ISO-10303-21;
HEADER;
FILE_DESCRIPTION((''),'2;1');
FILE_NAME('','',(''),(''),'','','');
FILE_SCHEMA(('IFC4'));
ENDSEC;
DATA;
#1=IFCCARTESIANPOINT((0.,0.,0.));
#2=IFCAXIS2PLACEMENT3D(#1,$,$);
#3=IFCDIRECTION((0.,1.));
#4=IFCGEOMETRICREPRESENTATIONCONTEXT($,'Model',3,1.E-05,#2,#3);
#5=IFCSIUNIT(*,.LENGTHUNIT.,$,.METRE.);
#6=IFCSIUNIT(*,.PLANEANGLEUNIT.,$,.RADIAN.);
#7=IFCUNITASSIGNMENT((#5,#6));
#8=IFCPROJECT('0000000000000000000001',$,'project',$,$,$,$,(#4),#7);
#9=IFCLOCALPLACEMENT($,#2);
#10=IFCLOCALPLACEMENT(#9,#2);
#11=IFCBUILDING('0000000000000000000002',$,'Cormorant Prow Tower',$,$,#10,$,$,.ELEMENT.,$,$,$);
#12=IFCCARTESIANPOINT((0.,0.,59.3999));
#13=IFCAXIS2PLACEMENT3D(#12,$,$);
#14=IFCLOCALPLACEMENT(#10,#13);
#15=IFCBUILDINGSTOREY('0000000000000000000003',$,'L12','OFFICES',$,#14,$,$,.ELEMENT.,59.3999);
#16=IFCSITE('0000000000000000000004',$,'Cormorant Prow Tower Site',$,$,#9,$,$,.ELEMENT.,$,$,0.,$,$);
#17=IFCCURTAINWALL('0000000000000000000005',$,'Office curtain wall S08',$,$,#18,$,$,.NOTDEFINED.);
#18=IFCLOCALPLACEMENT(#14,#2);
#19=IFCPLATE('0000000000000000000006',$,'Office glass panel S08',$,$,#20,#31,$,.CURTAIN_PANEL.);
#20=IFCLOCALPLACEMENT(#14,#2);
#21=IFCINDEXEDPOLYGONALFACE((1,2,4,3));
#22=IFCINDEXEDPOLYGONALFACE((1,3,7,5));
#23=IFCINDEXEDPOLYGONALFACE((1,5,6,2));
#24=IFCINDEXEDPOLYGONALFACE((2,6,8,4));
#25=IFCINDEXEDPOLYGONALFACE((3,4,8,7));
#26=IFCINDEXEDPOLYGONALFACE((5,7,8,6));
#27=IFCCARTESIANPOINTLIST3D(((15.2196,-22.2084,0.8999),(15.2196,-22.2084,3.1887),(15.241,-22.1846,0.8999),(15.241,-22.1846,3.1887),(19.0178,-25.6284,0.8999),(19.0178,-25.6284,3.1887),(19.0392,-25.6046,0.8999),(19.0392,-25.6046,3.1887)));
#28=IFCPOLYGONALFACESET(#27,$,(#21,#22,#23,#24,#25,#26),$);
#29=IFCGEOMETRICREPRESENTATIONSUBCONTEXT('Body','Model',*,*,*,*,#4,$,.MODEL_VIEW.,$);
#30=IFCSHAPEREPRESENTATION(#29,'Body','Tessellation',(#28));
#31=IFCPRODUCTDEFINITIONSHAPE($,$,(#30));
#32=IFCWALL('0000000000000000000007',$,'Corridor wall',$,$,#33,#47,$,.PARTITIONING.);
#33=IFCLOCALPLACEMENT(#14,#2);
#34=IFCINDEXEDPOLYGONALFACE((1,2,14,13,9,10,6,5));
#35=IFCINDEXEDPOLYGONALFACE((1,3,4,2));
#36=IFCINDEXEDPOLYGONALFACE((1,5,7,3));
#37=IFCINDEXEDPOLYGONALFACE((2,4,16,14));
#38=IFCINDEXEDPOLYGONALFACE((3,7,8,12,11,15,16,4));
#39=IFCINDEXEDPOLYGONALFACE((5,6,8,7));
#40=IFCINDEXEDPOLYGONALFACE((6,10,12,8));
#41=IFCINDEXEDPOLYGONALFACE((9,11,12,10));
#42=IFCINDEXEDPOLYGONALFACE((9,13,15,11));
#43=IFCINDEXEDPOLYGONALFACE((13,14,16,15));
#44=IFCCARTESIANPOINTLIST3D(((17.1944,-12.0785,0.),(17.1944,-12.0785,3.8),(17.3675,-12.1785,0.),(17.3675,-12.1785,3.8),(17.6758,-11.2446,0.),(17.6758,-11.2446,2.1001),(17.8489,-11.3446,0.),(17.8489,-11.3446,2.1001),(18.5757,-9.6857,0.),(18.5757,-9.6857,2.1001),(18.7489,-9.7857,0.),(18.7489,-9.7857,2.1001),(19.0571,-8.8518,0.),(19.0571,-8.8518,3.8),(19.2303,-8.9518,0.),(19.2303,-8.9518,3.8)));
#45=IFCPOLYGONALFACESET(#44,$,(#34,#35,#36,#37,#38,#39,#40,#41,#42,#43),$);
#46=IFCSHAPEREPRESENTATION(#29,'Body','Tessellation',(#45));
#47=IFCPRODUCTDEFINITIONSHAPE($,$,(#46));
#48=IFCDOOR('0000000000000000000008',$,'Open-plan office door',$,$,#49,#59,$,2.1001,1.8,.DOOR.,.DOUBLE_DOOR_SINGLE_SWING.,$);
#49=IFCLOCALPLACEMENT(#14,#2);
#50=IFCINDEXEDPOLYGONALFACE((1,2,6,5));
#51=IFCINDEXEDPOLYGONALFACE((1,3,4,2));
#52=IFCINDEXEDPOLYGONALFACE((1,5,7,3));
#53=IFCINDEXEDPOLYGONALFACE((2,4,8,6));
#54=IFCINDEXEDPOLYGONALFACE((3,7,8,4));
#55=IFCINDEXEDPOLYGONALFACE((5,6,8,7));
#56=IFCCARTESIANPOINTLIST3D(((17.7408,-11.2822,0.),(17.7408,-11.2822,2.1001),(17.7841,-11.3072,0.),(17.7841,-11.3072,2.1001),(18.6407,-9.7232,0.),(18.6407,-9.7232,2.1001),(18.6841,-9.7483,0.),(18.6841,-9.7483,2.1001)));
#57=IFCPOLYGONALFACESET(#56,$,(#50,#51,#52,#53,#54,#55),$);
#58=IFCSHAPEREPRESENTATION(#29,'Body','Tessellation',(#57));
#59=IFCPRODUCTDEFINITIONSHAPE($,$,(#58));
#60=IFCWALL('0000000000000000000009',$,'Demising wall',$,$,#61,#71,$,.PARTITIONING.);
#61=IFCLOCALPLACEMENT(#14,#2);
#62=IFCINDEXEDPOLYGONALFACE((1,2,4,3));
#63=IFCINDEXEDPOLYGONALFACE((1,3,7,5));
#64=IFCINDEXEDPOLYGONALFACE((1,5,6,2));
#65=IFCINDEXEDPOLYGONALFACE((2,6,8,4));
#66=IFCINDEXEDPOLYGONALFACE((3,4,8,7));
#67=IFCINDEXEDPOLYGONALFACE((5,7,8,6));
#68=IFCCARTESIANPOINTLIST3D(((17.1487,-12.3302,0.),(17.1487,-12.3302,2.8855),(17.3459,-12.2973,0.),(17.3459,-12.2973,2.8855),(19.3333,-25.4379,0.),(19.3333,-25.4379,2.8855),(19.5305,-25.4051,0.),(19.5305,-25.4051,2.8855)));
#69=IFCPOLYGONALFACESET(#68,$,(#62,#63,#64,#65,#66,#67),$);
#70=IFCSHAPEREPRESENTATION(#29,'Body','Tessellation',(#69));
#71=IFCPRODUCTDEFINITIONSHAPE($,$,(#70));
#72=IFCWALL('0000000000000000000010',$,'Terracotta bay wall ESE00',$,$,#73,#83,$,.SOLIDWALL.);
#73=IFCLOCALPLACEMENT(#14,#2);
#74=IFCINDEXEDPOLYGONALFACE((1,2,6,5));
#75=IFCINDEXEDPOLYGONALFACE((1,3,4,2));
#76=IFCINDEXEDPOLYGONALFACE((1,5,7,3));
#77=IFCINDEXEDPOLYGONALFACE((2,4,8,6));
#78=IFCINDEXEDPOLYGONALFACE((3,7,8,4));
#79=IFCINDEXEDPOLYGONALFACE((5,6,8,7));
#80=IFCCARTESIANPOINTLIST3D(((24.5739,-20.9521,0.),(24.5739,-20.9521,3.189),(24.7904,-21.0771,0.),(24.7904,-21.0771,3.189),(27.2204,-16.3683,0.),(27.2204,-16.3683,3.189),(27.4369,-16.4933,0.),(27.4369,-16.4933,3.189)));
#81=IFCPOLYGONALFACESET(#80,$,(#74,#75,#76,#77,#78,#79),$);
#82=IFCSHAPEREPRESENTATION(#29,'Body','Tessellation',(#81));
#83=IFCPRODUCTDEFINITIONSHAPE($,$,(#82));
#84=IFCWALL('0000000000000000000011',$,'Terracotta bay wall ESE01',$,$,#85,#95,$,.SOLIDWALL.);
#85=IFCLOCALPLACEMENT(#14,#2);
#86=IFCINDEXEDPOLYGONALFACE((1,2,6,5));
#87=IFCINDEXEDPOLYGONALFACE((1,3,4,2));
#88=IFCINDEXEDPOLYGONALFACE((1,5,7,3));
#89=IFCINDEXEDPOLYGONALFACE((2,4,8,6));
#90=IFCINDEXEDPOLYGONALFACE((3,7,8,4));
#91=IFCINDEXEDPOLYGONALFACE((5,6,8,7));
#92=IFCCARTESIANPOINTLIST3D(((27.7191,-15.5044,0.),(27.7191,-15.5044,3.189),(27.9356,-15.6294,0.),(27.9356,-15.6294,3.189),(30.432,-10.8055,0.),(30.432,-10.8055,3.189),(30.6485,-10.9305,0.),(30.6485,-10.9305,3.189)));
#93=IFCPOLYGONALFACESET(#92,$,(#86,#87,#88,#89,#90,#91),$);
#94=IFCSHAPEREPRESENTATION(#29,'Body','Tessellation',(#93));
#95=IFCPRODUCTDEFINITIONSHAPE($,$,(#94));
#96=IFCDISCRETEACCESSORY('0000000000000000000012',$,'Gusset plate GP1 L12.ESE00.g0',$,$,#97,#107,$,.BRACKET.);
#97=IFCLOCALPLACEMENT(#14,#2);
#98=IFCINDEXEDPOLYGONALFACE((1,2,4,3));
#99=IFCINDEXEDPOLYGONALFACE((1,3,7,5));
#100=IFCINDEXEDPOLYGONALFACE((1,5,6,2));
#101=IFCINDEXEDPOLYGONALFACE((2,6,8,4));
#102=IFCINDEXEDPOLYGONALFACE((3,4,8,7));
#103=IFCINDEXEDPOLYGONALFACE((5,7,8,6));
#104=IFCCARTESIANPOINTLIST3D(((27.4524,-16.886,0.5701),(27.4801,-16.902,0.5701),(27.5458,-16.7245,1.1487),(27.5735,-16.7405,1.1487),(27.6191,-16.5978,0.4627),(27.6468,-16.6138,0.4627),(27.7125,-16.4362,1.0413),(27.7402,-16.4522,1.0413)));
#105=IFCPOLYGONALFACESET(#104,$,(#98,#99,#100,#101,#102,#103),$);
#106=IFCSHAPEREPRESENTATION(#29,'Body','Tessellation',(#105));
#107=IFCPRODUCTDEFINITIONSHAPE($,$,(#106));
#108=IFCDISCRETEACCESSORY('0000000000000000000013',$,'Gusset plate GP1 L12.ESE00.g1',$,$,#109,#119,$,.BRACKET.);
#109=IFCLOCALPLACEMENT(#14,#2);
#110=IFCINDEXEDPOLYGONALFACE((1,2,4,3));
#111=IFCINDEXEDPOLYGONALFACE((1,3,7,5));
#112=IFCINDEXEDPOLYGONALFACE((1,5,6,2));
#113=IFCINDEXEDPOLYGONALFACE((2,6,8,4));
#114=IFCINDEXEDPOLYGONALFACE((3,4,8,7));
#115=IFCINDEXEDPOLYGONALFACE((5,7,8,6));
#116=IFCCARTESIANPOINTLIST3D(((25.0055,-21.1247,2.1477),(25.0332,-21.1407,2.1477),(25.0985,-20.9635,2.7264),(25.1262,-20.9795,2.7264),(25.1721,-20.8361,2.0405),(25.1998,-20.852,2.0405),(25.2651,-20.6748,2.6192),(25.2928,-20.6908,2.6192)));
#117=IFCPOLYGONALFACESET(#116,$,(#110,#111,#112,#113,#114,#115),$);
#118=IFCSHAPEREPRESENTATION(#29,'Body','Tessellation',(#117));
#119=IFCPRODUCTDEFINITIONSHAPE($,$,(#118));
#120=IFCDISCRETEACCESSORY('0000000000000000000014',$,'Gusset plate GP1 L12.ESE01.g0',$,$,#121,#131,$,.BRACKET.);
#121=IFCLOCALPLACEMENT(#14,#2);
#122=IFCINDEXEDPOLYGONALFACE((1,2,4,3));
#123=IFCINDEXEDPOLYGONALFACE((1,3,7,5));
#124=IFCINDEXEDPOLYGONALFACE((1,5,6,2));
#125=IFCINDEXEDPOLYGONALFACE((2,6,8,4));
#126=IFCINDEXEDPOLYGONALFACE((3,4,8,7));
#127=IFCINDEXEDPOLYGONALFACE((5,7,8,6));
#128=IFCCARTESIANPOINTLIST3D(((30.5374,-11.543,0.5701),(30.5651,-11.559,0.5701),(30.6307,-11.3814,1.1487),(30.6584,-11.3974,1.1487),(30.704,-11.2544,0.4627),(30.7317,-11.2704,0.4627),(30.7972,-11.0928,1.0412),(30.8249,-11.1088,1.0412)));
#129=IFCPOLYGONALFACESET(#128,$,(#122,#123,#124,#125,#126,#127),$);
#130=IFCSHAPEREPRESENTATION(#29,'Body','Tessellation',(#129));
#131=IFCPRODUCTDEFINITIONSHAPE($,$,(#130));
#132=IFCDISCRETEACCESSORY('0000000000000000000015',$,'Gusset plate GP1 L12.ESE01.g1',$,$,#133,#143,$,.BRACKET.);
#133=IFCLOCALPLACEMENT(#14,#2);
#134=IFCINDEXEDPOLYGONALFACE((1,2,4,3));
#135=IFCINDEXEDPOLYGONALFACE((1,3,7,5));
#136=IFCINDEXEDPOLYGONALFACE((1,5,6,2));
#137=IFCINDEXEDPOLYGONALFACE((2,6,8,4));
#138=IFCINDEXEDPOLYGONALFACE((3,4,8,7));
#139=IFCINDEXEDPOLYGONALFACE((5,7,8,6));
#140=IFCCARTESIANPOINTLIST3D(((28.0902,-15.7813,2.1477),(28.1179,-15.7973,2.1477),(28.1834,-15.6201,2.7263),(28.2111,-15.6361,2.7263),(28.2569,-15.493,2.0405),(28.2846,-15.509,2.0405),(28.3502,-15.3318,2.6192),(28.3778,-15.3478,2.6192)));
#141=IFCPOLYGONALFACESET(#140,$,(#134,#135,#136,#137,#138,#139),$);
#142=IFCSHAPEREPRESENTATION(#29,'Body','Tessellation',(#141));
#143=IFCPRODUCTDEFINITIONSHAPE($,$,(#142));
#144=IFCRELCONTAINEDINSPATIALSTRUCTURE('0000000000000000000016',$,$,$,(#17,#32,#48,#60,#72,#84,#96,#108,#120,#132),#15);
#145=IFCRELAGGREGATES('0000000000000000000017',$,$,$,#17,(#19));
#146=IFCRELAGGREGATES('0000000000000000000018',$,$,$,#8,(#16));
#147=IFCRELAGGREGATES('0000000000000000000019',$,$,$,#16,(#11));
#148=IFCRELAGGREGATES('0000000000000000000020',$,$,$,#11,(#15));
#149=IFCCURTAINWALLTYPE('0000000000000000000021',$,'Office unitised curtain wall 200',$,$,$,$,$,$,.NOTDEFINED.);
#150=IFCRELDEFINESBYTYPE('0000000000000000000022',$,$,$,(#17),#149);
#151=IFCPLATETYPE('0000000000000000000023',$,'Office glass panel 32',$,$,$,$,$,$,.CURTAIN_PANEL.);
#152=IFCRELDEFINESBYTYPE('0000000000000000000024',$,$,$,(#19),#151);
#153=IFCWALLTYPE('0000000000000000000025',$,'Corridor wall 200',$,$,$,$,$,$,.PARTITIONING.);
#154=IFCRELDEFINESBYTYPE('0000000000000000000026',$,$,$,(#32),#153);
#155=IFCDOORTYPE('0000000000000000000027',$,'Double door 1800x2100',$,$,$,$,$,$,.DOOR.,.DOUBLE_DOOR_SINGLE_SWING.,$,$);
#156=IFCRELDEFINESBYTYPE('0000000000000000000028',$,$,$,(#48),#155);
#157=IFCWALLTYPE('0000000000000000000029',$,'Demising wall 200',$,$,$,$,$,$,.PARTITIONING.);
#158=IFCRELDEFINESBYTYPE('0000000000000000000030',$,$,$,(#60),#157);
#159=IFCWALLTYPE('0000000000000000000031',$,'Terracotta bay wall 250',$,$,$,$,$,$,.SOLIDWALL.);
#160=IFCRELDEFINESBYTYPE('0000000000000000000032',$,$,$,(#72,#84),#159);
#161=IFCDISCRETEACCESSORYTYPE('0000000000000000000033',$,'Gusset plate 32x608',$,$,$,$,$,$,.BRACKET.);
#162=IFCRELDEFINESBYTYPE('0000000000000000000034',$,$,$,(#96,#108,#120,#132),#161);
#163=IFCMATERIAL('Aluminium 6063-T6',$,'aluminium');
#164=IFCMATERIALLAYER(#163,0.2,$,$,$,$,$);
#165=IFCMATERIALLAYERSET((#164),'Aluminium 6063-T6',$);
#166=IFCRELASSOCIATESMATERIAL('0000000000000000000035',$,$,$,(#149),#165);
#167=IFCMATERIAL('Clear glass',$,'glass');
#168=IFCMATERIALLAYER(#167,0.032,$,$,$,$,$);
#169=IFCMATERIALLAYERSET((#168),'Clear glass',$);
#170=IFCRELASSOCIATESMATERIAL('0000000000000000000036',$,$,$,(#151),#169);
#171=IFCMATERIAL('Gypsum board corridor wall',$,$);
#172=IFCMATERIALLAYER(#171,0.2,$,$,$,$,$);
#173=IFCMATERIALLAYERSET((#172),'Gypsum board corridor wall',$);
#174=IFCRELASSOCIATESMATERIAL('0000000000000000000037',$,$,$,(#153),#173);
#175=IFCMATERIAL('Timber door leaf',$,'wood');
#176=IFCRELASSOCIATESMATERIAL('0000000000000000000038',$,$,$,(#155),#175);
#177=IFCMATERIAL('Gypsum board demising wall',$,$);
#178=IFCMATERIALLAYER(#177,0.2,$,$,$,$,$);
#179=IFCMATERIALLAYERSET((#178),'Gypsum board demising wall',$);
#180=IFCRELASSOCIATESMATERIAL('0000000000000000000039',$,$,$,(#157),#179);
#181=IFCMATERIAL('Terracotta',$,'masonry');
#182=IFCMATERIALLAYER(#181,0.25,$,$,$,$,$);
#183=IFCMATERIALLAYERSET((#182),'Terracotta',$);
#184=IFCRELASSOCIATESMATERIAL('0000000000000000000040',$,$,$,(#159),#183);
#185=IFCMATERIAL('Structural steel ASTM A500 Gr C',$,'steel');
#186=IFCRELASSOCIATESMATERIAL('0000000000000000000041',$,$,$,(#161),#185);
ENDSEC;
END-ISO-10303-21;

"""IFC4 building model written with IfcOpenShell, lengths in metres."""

from ifc_helpers import new_model, si_unit, direction, frame, frame_2d, origin, origin_2d, place, context, subcontext, project, spatial, rectangle, extrude, material, layer, layer_set, material_profile, profile_set, type_object, element, fill, aggregate, save


model = new_model("IFC4")

# Units and contexts
model_context = context("Model", 3, precision=1e-05, world=origin(), true_north=direction((0.0, 1.0)))
body_context = subcontext(model_context, "Body", "Model", "MODEL_VIEW")
ifc_project = project(units=[si_unit("LENGTHUNIT", "METRE"), si_unit("PLANEANGLEUNIT", "RADIAN")], contexts=[model_context])

# Site, building, storey
site_placement = place(None, origin())
site = spatial("IfcSite", under=ifc_project, at=site_placement, Name="Cormorant Prow Tower Site", CompositionType="ELEMENT", RefElevation=0.0)
building_placement = place(site_placement, origin())
building = spatial("IfcBuilding", under=site, at=building_placement, Name="Cormorant Prow Tower", CompositionType="ELEMENT")
storey_placement = place(building_placement, frame((0.0, 0.0, 59.3999)))
storey = spatial("IfcBuildingStorey", under=building, at=storey_placement, Name="L12", Description="OFFICES", CompositionType="ELEMENT", Elevation=59.3999)

# Curtain wall, plate
ifc_material_1 = material(Name="Aluminium 6063-T6", Category="aluminium")
ifc_layer_1 = layer(ifc_material_1, 0.2)
ifc_layer_set_1 = layer_set([ifc_layer_1], Name="Aluminium 6063-T6")
curtain_wall_type = type_object("IfcCurtainWallType", Name="Office unitised curtain wall 200", PredefinedType="NOTDEFINED", material=ifc_layer_set_1)
curtain_wall_placement = place(storey_placement, origin())
curtain_wall = element("IfcCurtainWall", 1, at=curtain_wall_placement, inside=storey, type_object=curtain_wall_type, Name="Office curtain wall S08", PredefinedType="NOTDEFINED")
ifc_material_2 = material(Name="Clear glass", Category="glass")
ifc_layer_2 = layer(ifc_material_2, 0.032)
ifc_layer_set_2 = layer_set([ifc_layer_2], Name="Clear glass")
plate_type = type_object("IfcPlateType", Name="Office glass panel 32", PredefinedType="CURTAIN_PANEL", material=ifc_layer_set_2)
plate_placement = place(storey_placement, frame((17.1294, -23.9065, 0.8999), z_axis=(0.0, 0.0, 1.0), x_axis=(0.743145, -0.669131, 0.0)))
plate = element("IfcPlate", 2, at=plate_placement, type_object=plate_type, Name="Office glass panel S08", PredefinedType="CURTAIN_PANEL", context=body_context, shape_type="SweptSolid", body=[
    extrude(rectangle(XDim=5.1111, YDim=0.032, at=origin_2d()), origin(), (0.0, 0.0, 1.0), 2.2888),
])
aggregate(curtain_wall, [plate])

# Wall, opening, door
ifc_material_3 = material(Name="Gypsum board corridor wall")
ifc_layer_3 = layer(ifc_material_3, 0.2)
ifc_layer_set_3 = layer_set([ifc_layer_3], Name="Gypsum board corridor wall")
wall_type_1 = type_object("IfcWallType", Name="Corridor wall 200", PredefinedType="PARTITIONING", material=ifc_layer_set_3)
wall_1_placement = place(storey_placement, frame((17.281, -12.1284, 0.0), z_axis=(0.0, 0.0, 1.0), x_axis=(0.499959, 0.866049, 0.0)))
wall_1 = element("IfcWall", 3, at=wall_1_placement, inside=storey, type_object=wall_type_1, Name="Corridor wall", PredefinedType="PARTITIONING", context=body_context, shape_type="SweptSolid", body=[
    extrude(rectangle(XDim=3.7258, YDim=0.2, at=frame_2d((1.8628, 0.0))), origin(), (0.0, 0.0, 1.0), 3.8),
])
opening_1_placement = place(wall_1_placement, frame((0.9629, 0.0, 0.0)))
opening_1 = element("IfcOpeningElement", 4, at=opening_1_placement, cuts=wall_1, PredefinedType="OPENING", context=body_context, shape_type="SweptSolid", body=[
    extrude(rectangle(XDim=1.8, YDim=2.1001, at=frame_2d((0.8999, 1.05))), frame((0.0, 0.1099, 0.0), z_axis=(0.0, -1.0, 0.0), x_axis=(1.0, 0.0, 0.0)), (0.0, 0.0, 1.0), 0.22),
])
ifc_material_4 = material(Name="Timber door leaf", Category="wood")
door_type_1 = type_object("IfcDoorType", Name="Double door 1800x2100", OperationType="DOUBLE_DOOR_SINGLE_SWING", PredefinedType="DOOR", material=ifc_material_4)
door_1_placement = place(opening_1_placement, origin())
door_1 = element("IfcDoor", 5, at=door_1_placement, inside=storey, type_object=door_type_1, Name="Open-plan office door", OperationType="DOUBLE_DOOR_SINGLE_SWING", OverallHeight=2.1001, OverallWidth=1.8, PredefinedType="DOOR", context=body_context, shape_type="SweptSolid", body=[
    extrude(rectangle(XDim=1.8, YDim=2.1001, at=frame_2d((0.8999, 1.05))), frame((0.0, 0.0249, 0.0), z_axis=(0.0, -1.0, 0.0), x_axis=(1.0, 0.0, 0.0)), (0.0, 0.0, 1.0), 0.05),
])
fill(opening_1, door_1)

# Walls
ifc_material_5 = material(Name="Gypsum board demising wall")
ifc_layer_4 = layer(ifc_material_5, 0.2)
ifc_layer_set_4 = layer_set([ifc_layer_4], Name="Gypsum board demising wall")
wall_type_2 = type_object("IfcWallType", Name="Demising wall 200", PredefinedType="PARTITIONING", material=ifc_layer_set_4)
wall_2_placement = place(storey_placement, frame((17.2473, -12.3137, 0.0), z_axis=(0.0, 0.0, 1.0), x_axis=(0.164396, -0.986394, 0.0)))
element("IfcWall", 6, at=wall_2_placement, inside=storey, type_object=wall_type_2, Name="Demising wall", PredefinedType="PARTITIONING", context=body_context, shape_type="SweptSolid", body=[
    extrude(rectangle(XDim=13.2886, YDim=0.2, at=frame_2d((6.6443, 0.0))), origin(), (0.0, 0.0, 1.0), 2.8855),
])
ifc_material_6 = material(Name="Terracotta", Category="masonry")
ifc_layer_5 = layer(ifc_material_6, 0.25)
ifc_layer_set_5 = layer_set([ifc_layer_5], Name="Terracotta")
wall_type_3 = type_object("IfcWallType", Name="Terracotta bay wall 250", PredefinedType="SOLIDWALL", material=ifc_layer_set_5)
wall_3_placement = place(storey_placement, frame((24.6821, -21.0146, 0.0), z_axis=(0.0, 0.0, 1.0), x_axis=(0.500009, 0.86602, 0.0)))
element("IfcWall", 7, at=wall_3_placement, inside=storey, type_object=wall_type_3, Name="Terracotta bay wall ESE00", PredefinedType="SOLIDWALL", context=body_context, shape_type="SweptSolid", body=[
    extrude(rectangle(XDim=5.293, YDim=0.25, at=frame_2d((2.6465, 0.0))), origin(), (0.0, 0.0, 1.0), 3.189),
])
wall_4_placement = place(storey_placement, frame((27.8274, -15.5669, 0.0), z_axis=(0.0, 0.0, 1.0), x_axis=(0.499991, 0.86603, 0.0)))
element("IfcWall", 8, at=wall_4_placement, inside=storey, type_object=wall_type_3, Name="Terracotta bay wall ESE01", PredefinedType="SOLIDWALL", context=body_context, shape_type="SweptSolid", body=[
    extrude(rectangle(XDim=5.4258, YDim=0.25, at=frame_2d((2.7129, 0.0))), origin(), (0.0, 0.0, 1.0), 3.189),
])

# Discrete accessories
ifc_material_7 = material(Name="Structural steel ASTM A500 Gr C", Category="steel")
ifc_material_profile_1 = material_profile(ifc_material_7, rectangle(XDim=0.032, YDim=0.6079, at=origin_2d()), Name="Gusset plate 32x608")
ifc_profile_set_1 = profile_set([ifc_material_profile_1], Name="Structural steel ASTM A500 Gr C")
discrete_accessory_type = type_object("IfcDiscreteAccessoryType", Name="Gusset plate 32x608", PredefinedType="BRACKET", material=ifc_profile_set_1)
discrete_accessory_1_placement = place(storey_placement, frame((27.5129, -16.8132, 0.8594), z_axis=(0.476465, 0.823872, -0.306946), x_axis=(-0.86566, 0.500632, 0.0)))
element("IfcDiscreteAccessory", 9, at=discrete_accessory_1_placement, inside=storey, type_object=discrete_accessory_type, Name="Gusset plate GP1 L12.ESE00.g0", PredefinedType="BRACKET", context=body_context, shape_type="SweptSolid", body=[
    extrude(rectangle(XDim=0.032, YDim=0.6079, at=origin_2d()), origin(), (0.0, 0.0, 1.0), 0.3499),
])
for number, where, z_axis, x_axis, name in (
    (10, (25.2324, -20.7634, 2.3298), (-0.475753, -0.824546, 0.30624), (0.866161, -0.499765, 0.0), "Gusset plate GP1 L12.ESE00.g1"),
    (11, (30.5979, -11.4702, 0.8594), (0.475652, 0.82437, -0.306872), (-0.866161, 0.499765, 0.0), "Gusset plate GP1 L12.ESE01.g0"),
):
    element("IfcDiscreteAccessory", number, at=place(storey_placement, frame(where, z_axis=z_axis, x_axis=x_axis)), inside=storey, type_object=discrete_accessory_type, Name=name, PredefinedType="BRACKET", context=body_context, shape_type="SweptSolid", body=[
        extrude(rectangle(XDim=0.032, YDim=0.6079, at=origin_2d()), origin(), (0.0, 0.0, 1.0), 0.3501),
    ])
discrete_accessory_2_placement = place(storey_placement, frame((28.3174, -15.4204, 2.3298), z_axis=(-0.476567, -0.824048, 0.306314), x_axis=(0.86566, -0.500632, 0.0)))
element("IfcDiscreteAccessory", 12, at=discrete_accessory_2_placement, inside=storey, type_object=discrete_accessory_type, Name="Gusset plate GP1 L12.ESE01.g1", PredefinedType="BRACKET", context=body_context, shape_type="SweptSolid", body=[
    extrude(rectangle(XDim=0.032, YDim=0.6079, at=origin_2d()), origin(), (0.0, 0.0, 1.0), 0.3499),
])

save(model, "model.ifc")
